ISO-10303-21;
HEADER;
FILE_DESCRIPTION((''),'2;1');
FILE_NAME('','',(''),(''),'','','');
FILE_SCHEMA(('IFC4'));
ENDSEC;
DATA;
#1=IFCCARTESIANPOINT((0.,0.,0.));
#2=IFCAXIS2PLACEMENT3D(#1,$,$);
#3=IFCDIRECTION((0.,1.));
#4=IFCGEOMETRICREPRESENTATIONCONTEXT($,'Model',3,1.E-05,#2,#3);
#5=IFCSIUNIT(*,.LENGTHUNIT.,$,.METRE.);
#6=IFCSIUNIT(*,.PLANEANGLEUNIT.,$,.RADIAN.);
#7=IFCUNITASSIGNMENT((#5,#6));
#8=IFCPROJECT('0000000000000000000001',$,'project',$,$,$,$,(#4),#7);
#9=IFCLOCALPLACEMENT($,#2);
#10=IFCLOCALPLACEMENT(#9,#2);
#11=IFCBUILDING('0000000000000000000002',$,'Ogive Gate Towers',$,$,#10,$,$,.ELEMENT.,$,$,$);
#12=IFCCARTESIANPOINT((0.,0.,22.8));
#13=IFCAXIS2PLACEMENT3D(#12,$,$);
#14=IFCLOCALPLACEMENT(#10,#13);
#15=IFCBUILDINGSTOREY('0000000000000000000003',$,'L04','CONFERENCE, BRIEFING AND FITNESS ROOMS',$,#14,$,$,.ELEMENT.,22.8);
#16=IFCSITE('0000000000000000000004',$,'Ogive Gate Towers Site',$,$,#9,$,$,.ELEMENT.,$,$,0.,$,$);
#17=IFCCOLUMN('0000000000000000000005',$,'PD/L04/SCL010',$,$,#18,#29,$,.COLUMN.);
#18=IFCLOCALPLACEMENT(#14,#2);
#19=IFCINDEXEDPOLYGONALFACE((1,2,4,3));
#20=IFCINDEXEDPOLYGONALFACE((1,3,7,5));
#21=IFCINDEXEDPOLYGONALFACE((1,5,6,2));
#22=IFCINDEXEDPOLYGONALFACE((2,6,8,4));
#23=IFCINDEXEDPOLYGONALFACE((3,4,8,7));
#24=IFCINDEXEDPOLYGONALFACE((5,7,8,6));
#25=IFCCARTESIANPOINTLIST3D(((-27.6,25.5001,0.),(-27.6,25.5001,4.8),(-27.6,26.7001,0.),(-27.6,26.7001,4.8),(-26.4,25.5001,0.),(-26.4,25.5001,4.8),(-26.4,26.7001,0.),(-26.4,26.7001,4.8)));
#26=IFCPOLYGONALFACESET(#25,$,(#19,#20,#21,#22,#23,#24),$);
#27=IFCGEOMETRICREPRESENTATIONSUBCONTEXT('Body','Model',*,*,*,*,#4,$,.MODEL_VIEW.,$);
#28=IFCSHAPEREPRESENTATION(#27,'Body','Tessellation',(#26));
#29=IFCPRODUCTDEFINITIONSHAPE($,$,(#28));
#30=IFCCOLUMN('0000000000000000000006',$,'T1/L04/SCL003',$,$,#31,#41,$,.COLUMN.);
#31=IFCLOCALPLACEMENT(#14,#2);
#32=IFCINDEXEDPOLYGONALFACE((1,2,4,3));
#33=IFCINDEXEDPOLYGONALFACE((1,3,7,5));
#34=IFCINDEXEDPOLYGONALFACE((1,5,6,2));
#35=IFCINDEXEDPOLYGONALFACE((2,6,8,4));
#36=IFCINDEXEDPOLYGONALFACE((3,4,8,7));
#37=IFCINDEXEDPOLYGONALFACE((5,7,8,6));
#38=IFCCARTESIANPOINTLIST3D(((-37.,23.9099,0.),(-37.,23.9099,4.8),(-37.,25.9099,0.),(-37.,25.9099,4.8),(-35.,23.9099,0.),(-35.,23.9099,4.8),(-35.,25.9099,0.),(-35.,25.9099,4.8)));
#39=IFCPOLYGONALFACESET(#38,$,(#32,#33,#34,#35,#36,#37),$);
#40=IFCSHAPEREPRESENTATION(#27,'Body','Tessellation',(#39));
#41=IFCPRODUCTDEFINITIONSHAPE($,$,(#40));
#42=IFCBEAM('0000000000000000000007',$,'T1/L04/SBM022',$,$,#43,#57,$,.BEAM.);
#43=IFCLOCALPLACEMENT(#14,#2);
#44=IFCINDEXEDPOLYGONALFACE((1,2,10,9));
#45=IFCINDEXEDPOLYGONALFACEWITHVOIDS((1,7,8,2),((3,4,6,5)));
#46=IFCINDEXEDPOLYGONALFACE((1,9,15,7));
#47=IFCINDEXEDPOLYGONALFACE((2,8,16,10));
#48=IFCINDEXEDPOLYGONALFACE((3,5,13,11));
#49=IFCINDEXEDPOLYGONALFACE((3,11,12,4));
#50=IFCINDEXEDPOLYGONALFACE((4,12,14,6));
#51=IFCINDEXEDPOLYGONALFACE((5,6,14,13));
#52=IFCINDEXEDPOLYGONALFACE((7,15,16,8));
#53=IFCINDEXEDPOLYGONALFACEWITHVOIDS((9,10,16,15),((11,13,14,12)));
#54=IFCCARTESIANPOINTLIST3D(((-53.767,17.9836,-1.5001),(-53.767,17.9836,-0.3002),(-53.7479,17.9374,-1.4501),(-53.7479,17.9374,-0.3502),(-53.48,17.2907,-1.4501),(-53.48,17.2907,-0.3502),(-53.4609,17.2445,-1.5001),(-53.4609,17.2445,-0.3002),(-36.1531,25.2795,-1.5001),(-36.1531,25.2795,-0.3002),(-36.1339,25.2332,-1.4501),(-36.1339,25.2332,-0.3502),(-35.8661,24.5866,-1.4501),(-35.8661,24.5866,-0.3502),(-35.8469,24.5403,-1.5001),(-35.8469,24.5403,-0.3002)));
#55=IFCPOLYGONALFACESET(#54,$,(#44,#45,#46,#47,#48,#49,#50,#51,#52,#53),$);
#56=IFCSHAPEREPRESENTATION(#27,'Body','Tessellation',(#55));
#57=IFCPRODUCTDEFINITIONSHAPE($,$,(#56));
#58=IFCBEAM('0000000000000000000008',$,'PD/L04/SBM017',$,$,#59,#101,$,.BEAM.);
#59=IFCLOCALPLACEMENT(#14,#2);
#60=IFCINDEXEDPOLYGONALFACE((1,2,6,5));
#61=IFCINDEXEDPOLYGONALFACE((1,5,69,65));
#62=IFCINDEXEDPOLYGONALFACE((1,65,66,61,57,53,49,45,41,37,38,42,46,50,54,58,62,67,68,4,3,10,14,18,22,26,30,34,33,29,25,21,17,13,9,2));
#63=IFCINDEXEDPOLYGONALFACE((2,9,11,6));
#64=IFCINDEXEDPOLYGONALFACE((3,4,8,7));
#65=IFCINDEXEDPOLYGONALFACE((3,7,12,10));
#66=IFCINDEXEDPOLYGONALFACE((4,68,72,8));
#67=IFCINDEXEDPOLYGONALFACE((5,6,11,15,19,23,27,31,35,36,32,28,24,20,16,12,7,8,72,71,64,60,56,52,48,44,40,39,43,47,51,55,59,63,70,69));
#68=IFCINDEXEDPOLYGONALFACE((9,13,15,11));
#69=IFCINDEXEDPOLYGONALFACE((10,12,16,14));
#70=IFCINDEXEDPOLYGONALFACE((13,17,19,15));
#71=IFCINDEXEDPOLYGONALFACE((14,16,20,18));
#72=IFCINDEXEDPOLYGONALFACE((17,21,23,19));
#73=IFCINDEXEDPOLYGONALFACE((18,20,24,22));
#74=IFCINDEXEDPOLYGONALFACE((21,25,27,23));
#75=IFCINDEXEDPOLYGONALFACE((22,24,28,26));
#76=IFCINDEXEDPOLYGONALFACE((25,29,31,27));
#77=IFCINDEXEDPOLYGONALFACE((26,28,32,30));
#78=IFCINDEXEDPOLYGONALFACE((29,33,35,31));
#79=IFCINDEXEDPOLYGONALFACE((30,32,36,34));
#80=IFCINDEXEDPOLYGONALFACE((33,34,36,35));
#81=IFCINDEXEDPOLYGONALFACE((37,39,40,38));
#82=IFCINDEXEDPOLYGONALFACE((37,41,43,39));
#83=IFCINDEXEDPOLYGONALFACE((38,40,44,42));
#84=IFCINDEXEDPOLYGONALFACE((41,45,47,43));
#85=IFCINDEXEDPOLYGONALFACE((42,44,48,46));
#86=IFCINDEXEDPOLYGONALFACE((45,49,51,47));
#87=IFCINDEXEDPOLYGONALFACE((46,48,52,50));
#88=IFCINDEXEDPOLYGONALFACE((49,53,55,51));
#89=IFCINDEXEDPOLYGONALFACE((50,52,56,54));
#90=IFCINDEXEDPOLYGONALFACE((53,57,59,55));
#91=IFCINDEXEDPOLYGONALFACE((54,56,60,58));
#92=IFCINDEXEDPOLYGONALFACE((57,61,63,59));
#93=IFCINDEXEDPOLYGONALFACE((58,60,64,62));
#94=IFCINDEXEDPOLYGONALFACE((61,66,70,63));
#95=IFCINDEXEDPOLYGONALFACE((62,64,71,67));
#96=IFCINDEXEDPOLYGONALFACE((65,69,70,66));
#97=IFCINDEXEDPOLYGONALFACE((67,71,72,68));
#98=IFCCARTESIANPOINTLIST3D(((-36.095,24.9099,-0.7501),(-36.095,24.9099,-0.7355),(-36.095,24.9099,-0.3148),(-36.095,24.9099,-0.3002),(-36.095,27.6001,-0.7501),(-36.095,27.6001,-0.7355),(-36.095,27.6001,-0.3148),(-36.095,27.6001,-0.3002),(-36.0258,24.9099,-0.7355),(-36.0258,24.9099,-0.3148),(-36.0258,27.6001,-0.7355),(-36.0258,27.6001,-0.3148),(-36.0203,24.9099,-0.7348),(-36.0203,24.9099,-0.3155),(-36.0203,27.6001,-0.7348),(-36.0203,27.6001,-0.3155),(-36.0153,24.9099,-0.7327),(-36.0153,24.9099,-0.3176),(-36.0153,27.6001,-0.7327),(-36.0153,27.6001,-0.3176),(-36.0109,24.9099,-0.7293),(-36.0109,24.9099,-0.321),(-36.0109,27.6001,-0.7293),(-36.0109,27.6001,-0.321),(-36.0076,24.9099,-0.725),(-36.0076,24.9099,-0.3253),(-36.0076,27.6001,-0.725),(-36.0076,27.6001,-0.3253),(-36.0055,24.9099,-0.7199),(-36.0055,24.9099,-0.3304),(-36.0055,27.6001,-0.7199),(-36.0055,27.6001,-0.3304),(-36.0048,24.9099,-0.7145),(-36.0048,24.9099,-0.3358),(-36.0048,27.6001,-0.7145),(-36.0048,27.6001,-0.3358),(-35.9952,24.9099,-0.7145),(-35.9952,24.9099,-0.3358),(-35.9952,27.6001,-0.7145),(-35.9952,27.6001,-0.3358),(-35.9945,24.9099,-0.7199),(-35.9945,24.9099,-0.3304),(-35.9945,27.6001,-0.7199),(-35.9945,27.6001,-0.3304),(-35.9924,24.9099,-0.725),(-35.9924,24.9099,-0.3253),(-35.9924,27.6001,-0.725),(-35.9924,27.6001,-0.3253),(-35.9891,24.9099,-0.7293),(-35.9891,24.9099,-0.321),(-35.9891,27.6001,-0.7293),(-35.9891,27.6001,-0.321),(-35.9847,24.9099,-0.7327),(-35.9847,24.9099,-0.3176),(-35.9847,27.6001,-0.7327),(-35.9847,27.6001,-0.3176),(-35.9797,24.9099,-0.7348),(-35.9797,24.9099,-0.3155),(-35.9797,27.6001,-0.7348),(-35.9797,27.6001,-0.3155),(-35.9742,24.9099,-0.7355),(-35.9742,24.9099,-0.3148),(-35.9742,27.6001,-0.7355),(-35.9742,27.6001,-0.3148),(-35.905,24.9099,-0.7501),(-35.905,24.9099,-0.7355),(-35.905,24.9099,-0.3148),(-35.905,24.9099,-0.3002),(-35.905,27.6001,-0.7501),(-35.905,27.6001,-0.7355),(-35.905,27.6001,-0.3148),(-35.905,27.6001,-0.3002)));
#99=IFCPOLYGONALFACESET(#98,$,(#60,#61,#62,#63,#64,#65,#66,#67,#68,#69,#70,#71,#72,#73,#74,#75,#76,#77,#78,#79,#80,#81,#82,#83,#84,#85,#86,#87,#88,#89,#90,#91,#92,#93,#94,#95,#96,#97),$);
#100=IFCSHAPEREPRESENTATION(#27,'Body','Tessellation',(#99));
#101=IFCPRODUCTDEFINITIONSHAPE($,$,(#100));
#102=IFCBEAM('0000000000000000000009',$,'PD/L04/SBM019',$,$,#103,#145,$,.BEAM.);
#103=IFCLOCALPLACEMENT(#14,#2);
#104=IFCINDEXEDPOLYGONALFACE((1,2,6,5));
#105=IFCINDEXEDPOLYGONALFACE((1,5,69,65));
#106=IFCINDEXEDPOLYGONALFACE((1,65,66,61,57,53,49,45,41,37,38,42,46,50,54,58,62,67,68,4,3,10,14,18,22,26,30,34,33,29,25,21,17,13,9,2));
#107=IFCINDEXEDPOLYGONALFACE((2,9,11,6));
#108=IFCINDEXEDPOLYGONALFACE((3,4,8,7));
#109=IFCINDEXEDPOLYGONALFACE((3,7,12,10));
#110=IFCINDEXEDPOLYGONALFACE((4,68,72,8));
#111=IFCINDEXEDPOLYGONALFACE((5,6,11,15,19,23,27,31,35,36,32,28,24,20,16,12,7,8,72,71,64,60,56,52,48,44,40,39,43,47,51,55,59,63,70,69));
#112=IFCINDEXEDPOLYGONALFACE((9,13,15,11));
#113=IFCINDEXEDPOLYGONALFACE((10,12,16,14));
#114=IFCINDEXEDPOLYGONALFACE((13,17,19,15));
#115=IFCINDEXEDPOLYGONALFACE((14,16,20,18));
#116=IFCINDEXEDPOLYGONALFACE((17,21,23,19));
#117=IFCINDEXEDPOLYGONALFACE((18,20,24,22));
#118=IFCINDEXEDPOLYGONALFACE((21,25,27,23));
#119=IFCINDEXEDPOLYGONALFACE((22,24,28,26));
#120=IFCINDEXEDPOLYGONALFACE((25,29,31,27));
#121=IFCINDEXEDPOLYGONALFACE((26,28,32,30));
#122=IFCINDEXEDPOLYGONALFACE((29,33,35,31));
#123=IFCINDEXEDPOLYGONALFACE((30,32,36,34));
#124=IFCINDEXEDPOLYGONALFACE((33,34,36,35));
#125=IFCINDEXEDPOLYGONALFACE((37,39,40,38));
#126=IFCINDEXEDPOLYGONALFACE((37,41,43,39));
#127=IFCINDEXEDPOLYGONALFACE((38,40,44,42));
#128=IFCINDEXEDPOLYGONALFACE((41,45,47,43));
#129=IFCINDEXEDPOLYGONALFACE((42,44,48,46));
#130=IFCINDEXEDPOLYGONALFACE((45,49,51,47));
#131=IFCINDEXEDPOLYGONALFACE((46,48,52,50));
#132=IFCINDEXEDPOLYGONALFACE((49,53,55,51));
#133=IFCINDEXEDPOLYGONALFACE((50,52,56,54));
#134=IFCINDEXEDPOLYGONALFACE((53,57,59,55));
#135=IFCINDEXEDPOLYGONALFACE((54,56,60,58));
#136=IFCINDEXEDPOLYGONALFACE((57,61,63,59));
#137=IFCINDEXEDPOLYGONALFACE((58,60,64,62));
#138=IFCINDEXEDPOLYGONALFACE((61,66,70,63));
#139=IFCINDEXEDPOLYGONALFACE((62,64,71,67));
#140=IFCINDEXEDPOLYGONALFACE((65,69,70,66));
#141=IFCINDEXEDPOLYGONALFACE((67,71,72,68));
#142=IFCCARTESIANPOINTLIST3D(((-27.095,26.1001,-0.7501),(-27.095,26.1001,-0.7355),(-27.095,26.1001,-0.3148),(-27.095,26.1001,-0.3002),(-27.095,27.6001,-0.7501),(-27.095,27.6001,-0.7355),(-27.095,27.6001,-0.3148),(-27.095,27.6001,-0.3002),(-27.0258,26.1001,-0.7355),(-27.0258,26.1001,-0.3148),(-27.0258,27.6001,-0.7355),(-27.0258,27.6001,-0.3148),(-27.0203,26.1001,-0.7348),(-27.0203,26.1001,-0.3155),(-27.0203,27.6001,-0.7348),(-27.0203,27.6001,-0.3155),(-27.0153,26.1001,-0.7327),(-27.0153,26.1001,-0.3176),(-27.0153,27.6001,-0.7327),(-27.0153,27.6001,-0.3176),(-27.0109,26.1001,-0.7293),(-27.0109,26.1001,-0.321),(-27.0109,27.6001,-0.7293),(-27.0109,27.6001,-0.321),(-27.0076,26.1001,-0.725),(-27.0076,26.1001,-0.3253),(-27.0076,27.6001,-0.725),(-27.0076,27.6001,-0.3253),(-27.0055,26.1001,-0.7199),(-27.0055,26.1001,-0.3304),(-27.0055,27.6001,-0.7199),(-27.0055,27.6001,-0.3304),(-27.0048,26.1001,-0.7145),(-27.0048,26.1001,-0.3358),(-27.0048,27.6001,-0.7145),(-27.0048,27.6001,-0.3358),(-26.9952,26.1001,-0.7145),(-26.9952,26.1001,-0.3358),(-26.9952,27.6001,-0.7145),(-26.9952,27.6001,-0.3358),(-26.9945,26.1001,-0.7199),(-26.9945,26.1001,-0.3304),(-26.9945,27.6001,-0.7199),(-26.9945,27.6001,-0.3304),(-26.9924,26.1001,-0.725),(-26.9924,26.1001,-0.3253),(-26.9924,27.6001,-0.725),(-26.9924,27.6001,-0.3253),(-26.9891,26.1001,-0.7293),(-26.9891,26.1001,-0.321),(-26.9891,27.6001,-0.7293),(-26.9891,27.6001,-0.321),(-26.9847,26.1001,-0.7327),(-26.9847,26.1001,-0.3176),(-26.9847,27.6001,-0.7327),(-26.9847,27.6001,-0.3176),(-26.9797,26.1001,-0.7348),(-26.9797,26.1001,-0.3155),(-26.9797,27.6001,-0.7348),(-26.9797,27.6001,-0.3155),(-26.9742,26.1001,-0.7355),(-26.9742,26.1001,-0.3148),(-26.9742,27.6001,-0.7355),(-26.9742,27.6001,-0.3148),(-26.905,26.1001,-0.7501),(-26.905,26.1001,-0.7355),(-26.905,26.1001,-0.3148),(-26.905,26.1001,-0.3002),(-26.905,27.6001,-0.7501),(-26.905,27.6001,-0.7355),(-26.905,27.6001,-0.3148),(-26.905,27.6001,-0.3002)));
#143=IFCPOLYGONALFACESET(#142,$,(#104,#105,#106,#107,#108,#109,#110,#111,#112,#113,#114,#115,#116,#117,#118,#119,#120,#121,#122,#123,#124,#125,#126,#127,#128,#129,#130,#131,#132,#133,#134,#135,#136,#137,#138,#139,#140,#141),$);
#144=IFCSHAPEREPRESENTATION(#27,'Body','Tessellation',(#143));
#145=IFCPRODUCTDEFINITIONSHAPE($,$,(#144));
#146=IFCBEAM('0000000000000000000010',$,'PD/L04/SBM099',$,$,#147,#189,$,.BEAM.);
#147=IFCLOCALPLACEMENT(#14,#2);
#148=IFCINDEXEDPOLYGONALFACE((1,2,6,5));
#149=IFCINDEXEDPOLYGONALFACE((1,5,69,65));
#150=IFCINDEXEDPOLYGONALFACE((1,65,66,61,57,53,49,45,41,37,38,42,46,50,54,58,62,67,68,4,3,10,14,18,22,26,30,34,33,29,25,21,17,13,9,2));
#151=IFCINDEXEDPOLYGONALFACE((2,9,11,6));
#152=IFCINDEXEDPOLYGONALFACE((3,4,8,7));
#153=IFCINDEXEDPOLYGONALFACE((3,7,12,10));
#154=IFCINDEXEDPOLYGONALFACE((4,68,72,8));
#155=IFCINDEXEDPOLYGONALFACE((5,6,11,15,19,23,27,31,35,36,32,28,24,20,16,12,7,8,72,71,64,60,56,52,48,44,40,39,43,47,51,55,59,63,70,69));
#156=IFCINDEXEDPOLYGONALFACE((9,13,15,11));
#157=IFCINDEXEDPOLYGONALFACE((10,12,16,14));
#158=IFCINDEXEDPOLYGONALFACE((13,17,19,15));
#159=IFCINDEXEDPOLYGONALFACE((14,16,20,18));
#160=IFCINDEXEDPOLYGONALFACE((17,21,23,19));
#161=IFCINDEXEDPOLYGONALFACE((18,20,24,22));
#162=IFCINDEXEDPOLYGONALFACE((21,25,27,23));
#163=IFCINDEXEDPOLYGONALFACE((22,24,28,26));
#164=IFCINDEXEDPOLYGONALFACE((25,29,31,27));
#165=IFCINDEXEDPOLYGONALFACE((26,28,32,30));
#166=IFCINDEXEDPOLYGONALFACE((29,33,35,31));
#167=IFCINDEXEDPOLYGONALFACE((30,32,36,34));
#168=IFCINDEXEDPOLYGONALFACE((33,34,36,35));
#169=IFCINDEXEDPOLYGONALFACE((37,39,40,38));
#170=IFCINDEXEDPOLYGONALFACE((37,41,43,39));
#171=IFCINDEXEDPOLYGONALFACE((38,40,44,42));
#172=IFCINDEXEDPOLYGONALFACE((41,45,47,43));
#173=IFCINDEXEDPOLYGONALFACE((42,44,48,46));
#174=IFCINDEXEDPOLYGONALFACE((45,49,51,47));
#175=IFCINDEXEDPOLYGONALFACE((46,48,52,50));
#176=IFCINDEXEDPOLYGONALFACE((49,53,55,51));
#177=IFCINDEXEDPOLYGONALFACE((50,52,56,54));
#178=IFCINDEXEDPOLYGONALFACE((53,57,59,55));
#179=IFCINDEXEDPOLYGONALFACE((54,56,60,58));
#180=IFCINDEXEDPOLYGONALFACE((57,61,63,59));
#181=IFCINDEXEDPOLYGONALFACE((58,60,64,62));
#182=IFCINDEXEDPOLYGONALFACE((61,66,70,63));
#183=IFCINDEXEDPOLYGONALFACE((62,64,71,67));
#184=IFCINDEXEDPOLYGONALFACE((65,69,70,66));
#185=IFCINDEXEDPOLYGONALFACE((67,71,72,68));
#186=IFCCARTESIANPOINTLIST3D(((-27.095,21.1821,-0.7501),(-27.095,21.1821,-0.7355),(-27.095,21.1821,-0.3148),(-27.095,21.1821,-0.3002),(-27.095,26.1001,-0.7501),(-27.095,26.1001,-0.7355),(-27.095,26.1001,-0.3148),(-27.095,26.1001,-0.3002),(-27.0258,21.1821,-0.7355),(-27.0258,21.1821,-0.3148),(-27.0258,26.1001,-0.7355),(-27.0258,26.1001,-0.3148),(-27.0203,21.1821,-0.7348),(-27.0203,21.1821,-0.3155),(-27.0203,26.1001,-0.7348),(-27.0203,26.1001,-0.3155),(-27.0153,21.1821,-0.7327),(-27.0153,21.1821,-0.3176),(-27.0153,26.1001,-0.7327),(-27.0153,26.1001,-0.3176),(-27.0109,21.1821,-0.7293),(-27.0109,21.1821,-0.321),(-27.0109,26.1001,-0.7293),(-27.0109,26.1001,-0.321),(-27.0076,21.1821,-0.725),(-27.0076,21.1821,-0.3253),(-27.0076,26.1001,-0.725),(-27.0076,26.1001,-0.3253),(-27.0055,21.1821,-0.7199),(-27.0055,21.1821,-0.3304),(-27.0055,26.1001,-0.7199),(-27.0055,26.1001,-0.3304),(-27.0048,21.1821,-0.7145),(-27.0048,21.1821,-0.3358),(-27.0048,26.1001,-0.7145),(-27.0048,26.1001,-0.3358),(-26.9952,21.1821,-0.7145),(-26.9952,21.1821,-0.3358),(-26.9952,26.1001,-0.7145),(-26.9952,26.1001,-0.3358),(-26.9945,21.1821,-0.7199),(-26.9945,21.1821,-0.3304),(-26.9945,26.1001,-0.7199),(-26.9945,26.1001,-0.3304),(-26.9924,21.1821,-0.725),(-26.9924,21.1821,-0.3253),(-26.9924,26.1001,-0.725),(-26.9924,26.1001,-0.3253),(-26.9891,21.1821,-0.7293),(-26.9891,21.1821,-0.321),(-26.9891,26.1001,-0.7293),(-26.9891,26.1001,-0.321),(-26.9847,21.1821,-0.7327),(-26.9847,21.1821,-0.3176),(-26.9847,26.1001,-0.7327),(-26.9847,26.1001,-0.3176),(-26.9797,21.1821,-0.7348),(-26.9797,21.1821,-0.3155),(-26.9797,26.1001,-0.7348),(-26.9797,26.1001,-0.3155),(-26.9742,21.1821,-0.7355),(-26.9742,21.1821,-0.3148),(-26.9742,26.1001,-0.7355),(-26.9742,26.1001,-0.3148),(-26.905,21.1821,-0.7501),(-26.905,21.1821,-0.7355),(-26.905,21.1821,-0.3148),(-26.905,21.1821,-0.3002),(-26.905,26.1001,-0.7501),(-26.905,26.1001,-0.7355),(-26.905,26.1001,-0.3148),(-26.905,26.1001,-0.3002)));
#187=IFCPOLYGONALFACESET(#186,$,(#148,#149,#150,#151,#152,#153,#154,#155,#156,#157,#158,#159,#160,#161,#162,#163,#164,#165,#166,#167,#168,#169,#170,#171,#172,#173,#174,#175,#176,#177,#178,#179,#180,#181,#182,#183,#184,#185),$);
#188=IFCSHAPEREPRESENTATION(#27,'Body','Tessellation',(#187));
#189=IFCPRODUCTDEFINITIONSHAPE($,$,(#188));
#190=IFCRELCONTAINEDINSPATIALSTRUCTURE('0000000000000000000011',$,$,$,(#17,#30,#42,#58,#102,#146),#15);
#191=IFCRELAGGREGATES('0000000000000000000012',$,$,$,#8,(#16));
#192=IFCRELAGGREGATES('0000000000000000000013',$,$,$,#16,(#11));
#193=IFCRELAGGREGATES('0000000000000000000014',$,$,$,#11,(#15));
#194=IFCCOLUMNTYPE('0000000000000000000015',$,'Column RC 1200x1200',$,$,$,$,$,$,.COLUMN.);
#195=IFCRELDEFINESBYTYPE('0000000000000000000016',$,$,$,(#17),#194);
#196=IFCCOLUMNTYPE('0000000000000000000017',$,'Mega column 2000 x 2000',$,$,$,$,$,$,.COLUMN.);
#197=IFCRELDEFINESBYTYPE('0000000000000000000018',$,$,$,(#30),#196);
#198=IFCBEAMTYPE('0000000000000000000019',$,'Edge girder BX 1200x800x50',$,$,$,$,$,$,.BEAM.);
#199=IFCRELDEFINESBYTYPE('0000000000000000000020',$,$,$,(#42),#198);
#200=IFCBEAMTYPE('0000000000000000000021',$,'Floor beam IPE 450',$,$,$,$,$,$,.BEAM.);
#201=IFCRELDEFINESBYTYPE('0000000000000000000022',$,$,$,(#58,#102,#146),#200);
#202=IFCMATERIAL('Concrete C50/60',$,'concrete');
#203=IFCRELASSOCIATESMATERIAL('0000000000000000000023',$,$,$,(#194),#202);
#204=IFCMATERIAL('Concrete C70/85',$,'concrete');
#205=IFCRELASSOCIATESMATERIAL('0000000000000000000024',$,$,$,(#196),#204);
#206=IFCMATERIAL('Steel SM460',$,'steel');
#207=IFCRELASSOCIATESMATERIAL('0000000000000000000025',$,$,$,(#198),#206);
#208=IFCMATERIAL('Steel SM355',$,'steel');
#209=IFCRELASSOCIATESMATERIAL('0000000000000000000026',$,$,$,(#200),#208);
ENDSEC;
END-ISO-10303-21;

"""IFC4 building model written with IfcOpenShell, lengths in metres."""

from ifc_helpers import new_model, si_unit, direction, frame, origin, origin_2d, place, context, subcontext, project, spatial, rectangle, hollow_rectangle, i_section, extrude, material, material_profile, profile_set, type_object, element, save


model = new_model("IFC4")

# Units and contexts
model_context = context("Model", 3, precision=1e-05, world=origin(), true_north=direction((0.0, 1.0)))
body_context = subcontext(model_context, "Body", "Model", "MODEL_VIEW")
ifc_project = project(units=[si_unit("LENGTHUNIT", "METRE"), si_unit("PLANEANGLEUNIT", "RADIAN")], contexts=[model_context])

# Site, building, storey
site_placement = place(None, origin())
site = spatial("IfcSite", under=ifc_project, at=site_placement, Name="Ogive Gate Towers Site", CompositionType="ELEMENT", RefElevation=0.0)
building_placement = place(site_placement, origin())
building = spatial("IfcBuilding", under=site, at=building_placement, Name="Ogive Gate Towers", CompositionType="ELEMENT")
storey_placement = place(building_placement, frame((0.0, 0.0, 22.8)))
storey = spatial("IfcBuildingStorey", under=building, at=storey_placement, Name="L04", Description="CONFERENCE, BRIEFING AND FITNESS ROOMS", CompositionType="ELEMENT", Elevation=22.8)

# Columns
ifc_material_1 = material(Name="Concrete C50/60", Category="concrete")
ifc_material_profile_1 = material_profile(ifc_material_1, rectangle(XDim=1.2, YDim=1.2, at=origin_2d()), Name="RC 1200x1200")
ifc_profile_set_1 = profile_set([ifc_material_profile_1], Name="Concrete C50/60")
column_type_1 = type_object("IfcColumnType", Name="Column RC 1200x1200", PredefinedType="COLUMN", material=ifc_profile_set_1)
column_1_placement = place(storey_placement, frame((-27.0, 26.1001, 0.0), z_axis=(0.0, 0.0, 1.0), x_axis=(1.0, 0.0, 0.0)))
element("IfcColumn", 1, at=column_1_placement, inside=storey, type_object=column_type_1, Name="PD/L04/SCL010", PredefinedType="COLUMN", context=body_context, shape_type="SweptSolid", body=[
    extrude(rectangle(XDim=1.2, YDim=1.2, at=origin_2d()), origin(), (0.0, 0.0, 1.0), 4.8),
])
ifc_material_2 = material(Name="Concrete C70/85", Category="concrete")
ifc_material_profile_2 = material_profile(ifc_material_2, rectangle(XDim=2.0, YDim=2.0, at=origin_2d()), Name="RC 2000x2000")
ifc_profile_set_2 = profile_set([ifc_material_profile_2], Name="Concrete C70/85")
column_type_2 = type_object("IfcColumnType", Name="Mega column 2000 x 2000", PredefinedType="COLUMN", material=ifc_profile_set_2)
column_2_placement = place(storey_placement, frame((-36.0, 24.9099, 0.0), z_axis=(0.0, 0.0, 1.0), x_axis=(0.0, 1.0, 0.0)))
element("IfcColumn", 2, at=column_2_placement, inside=storey, type_object=column_type_2, Name="T1/L04/SCL003", PredefinedType="COLUMN", context=body_context, shape_type="SweptSolid", body=[
    extrude(rectangle(XDim=2.0, YDim=2.0, at=origin_2d()), origin(), (0.0, 0.0, 1.0), 4.8),
])

# Beams
ifc_material_3 = material(Name="Steel SM460", Category="steel")
ifc_material_profile_3 = material_profile(ifc_material_3, hollow_rectangle(XDim=0.8, YDim=1.2, WallThickness=0.05, at=origin_2d()), Name="BX 1200x800x50")
ifc_profile_set_3 = profile_set([ifc_material_profile_3], Name="Steel SM460")
beam_type_1 = type_object("IfcBeamType", Name="Edge girder BX 1200x800x50", PredefinedType="BEAM", material=ifc_profile_set_3)
beam_1_placement = place(storey_placement, frame((-36.0, 24.9099, -0.9001), z_axis=(-0.923881, -0.382681, 0.0), x_axis=(0.382681, -0.923881, 0.0)))
element("IfcBeam", 3, at=beam_1_placement, inside=storey, type_object=beam_type_1, Name="T1/L04/SBM022", PredefinedType="BEAM", context=body_context, shape_type="SweptSolid", body=[
    extrude(hollow_rectangle(XDim=0.8, YDim=1.2, WallThickness=0.05, at=origin_2d()), origin(), (0.0, 0.0, 1.0), 19.0652),
])
ifc_material_4 = material(Name="Steel SM355", Category="steel")
ifc_material_profile_4 = material_profile(ifc_material_4, i_section(OverallWidth=0.1899, OverallDepth=0.45, WebThickness=0.0095, FlangeThickness=0.0146, FilletRadius=0.021, at=origin_2d()), Name="IPE 450")
ifc_profile_set_4 = profile_set([ifc_material_profile_4], Name="Steel SM355")
beam_type_2 = type_object("IfcBeamType", Name="Floor beam IPE 450", PredefinedType="BEAM", material=ifc_profile_set_4)
beam_2_placement = place(storey_placement, frame((-36.0, 24.9099, -0.5251), z_axis=(0.0, 1.0, 0.0), x_axis=(-1.0, 0.0, 0.0)))
element("IfcBeam", 4, at=beam_2_placement, inside=storey, type_object=beam_type_2, Name="PD/L04/SBM017", PredefinedType="BEAM", context=body_context, shape_type="SweptSolid", body=[
    extrude(i_section(OverallWidth=0.1899, OverallDepth=0.45, WebThickness=0.0095, FlangeThickness=0.0146, FilletRadius=0.021, at=origin_2d()), origin(), (0.0, 0.0, 1.0), 2.6902),
])
beam_3_placement = place(storey_placement, frame((-27.0, 26.1001, -0.5251), z_axis=(0.0, 1.0, 0.0), x_axis=(-1.0, 0.0, 0.0)))
element("IfcBeam", 5, at=beam_3_placement, inside=storey, type_object=beam_type_2, Name="PD/L04/SBM019", PredefinedType="BEAM", context=body_context, shape_type="SweptSolid", body=[
    extrude(i_section(OverallWidth=0.1899, OverallDepth=0.45, WebThickness=0.0095, FlangeThickness=0.0146, FilletRadius=0.021, at=origin_2d()), origin(), (0.0, 0.0, 1.0), 1.5),
])
beam_4_placement = place(storey_placement, frame((-27.0, 26.1001, -0.5251), z_axis=(0.0, -1.0, 0.0), x_axis=(1.0, 0.0, 0.0)))
element("IfcBeam", 6, at=beam_4_placement, inside=storey, type_object=beam_type_2, Name="PD/L04/SBM099", PredefinedType="BEAM", context=body_context, shape_type="SweptSolid", body=[
    extrude(i_section(OverallWidth=0.1899, OverallDepth=0.45, WebThickness=0.0095, FlangeThickness=0.0146, FilletRadius=0.021, at=origin_2d()), origin(), (0.0, 0.0, 1.0), 4.918),
])

save(model, "model.ifc")
